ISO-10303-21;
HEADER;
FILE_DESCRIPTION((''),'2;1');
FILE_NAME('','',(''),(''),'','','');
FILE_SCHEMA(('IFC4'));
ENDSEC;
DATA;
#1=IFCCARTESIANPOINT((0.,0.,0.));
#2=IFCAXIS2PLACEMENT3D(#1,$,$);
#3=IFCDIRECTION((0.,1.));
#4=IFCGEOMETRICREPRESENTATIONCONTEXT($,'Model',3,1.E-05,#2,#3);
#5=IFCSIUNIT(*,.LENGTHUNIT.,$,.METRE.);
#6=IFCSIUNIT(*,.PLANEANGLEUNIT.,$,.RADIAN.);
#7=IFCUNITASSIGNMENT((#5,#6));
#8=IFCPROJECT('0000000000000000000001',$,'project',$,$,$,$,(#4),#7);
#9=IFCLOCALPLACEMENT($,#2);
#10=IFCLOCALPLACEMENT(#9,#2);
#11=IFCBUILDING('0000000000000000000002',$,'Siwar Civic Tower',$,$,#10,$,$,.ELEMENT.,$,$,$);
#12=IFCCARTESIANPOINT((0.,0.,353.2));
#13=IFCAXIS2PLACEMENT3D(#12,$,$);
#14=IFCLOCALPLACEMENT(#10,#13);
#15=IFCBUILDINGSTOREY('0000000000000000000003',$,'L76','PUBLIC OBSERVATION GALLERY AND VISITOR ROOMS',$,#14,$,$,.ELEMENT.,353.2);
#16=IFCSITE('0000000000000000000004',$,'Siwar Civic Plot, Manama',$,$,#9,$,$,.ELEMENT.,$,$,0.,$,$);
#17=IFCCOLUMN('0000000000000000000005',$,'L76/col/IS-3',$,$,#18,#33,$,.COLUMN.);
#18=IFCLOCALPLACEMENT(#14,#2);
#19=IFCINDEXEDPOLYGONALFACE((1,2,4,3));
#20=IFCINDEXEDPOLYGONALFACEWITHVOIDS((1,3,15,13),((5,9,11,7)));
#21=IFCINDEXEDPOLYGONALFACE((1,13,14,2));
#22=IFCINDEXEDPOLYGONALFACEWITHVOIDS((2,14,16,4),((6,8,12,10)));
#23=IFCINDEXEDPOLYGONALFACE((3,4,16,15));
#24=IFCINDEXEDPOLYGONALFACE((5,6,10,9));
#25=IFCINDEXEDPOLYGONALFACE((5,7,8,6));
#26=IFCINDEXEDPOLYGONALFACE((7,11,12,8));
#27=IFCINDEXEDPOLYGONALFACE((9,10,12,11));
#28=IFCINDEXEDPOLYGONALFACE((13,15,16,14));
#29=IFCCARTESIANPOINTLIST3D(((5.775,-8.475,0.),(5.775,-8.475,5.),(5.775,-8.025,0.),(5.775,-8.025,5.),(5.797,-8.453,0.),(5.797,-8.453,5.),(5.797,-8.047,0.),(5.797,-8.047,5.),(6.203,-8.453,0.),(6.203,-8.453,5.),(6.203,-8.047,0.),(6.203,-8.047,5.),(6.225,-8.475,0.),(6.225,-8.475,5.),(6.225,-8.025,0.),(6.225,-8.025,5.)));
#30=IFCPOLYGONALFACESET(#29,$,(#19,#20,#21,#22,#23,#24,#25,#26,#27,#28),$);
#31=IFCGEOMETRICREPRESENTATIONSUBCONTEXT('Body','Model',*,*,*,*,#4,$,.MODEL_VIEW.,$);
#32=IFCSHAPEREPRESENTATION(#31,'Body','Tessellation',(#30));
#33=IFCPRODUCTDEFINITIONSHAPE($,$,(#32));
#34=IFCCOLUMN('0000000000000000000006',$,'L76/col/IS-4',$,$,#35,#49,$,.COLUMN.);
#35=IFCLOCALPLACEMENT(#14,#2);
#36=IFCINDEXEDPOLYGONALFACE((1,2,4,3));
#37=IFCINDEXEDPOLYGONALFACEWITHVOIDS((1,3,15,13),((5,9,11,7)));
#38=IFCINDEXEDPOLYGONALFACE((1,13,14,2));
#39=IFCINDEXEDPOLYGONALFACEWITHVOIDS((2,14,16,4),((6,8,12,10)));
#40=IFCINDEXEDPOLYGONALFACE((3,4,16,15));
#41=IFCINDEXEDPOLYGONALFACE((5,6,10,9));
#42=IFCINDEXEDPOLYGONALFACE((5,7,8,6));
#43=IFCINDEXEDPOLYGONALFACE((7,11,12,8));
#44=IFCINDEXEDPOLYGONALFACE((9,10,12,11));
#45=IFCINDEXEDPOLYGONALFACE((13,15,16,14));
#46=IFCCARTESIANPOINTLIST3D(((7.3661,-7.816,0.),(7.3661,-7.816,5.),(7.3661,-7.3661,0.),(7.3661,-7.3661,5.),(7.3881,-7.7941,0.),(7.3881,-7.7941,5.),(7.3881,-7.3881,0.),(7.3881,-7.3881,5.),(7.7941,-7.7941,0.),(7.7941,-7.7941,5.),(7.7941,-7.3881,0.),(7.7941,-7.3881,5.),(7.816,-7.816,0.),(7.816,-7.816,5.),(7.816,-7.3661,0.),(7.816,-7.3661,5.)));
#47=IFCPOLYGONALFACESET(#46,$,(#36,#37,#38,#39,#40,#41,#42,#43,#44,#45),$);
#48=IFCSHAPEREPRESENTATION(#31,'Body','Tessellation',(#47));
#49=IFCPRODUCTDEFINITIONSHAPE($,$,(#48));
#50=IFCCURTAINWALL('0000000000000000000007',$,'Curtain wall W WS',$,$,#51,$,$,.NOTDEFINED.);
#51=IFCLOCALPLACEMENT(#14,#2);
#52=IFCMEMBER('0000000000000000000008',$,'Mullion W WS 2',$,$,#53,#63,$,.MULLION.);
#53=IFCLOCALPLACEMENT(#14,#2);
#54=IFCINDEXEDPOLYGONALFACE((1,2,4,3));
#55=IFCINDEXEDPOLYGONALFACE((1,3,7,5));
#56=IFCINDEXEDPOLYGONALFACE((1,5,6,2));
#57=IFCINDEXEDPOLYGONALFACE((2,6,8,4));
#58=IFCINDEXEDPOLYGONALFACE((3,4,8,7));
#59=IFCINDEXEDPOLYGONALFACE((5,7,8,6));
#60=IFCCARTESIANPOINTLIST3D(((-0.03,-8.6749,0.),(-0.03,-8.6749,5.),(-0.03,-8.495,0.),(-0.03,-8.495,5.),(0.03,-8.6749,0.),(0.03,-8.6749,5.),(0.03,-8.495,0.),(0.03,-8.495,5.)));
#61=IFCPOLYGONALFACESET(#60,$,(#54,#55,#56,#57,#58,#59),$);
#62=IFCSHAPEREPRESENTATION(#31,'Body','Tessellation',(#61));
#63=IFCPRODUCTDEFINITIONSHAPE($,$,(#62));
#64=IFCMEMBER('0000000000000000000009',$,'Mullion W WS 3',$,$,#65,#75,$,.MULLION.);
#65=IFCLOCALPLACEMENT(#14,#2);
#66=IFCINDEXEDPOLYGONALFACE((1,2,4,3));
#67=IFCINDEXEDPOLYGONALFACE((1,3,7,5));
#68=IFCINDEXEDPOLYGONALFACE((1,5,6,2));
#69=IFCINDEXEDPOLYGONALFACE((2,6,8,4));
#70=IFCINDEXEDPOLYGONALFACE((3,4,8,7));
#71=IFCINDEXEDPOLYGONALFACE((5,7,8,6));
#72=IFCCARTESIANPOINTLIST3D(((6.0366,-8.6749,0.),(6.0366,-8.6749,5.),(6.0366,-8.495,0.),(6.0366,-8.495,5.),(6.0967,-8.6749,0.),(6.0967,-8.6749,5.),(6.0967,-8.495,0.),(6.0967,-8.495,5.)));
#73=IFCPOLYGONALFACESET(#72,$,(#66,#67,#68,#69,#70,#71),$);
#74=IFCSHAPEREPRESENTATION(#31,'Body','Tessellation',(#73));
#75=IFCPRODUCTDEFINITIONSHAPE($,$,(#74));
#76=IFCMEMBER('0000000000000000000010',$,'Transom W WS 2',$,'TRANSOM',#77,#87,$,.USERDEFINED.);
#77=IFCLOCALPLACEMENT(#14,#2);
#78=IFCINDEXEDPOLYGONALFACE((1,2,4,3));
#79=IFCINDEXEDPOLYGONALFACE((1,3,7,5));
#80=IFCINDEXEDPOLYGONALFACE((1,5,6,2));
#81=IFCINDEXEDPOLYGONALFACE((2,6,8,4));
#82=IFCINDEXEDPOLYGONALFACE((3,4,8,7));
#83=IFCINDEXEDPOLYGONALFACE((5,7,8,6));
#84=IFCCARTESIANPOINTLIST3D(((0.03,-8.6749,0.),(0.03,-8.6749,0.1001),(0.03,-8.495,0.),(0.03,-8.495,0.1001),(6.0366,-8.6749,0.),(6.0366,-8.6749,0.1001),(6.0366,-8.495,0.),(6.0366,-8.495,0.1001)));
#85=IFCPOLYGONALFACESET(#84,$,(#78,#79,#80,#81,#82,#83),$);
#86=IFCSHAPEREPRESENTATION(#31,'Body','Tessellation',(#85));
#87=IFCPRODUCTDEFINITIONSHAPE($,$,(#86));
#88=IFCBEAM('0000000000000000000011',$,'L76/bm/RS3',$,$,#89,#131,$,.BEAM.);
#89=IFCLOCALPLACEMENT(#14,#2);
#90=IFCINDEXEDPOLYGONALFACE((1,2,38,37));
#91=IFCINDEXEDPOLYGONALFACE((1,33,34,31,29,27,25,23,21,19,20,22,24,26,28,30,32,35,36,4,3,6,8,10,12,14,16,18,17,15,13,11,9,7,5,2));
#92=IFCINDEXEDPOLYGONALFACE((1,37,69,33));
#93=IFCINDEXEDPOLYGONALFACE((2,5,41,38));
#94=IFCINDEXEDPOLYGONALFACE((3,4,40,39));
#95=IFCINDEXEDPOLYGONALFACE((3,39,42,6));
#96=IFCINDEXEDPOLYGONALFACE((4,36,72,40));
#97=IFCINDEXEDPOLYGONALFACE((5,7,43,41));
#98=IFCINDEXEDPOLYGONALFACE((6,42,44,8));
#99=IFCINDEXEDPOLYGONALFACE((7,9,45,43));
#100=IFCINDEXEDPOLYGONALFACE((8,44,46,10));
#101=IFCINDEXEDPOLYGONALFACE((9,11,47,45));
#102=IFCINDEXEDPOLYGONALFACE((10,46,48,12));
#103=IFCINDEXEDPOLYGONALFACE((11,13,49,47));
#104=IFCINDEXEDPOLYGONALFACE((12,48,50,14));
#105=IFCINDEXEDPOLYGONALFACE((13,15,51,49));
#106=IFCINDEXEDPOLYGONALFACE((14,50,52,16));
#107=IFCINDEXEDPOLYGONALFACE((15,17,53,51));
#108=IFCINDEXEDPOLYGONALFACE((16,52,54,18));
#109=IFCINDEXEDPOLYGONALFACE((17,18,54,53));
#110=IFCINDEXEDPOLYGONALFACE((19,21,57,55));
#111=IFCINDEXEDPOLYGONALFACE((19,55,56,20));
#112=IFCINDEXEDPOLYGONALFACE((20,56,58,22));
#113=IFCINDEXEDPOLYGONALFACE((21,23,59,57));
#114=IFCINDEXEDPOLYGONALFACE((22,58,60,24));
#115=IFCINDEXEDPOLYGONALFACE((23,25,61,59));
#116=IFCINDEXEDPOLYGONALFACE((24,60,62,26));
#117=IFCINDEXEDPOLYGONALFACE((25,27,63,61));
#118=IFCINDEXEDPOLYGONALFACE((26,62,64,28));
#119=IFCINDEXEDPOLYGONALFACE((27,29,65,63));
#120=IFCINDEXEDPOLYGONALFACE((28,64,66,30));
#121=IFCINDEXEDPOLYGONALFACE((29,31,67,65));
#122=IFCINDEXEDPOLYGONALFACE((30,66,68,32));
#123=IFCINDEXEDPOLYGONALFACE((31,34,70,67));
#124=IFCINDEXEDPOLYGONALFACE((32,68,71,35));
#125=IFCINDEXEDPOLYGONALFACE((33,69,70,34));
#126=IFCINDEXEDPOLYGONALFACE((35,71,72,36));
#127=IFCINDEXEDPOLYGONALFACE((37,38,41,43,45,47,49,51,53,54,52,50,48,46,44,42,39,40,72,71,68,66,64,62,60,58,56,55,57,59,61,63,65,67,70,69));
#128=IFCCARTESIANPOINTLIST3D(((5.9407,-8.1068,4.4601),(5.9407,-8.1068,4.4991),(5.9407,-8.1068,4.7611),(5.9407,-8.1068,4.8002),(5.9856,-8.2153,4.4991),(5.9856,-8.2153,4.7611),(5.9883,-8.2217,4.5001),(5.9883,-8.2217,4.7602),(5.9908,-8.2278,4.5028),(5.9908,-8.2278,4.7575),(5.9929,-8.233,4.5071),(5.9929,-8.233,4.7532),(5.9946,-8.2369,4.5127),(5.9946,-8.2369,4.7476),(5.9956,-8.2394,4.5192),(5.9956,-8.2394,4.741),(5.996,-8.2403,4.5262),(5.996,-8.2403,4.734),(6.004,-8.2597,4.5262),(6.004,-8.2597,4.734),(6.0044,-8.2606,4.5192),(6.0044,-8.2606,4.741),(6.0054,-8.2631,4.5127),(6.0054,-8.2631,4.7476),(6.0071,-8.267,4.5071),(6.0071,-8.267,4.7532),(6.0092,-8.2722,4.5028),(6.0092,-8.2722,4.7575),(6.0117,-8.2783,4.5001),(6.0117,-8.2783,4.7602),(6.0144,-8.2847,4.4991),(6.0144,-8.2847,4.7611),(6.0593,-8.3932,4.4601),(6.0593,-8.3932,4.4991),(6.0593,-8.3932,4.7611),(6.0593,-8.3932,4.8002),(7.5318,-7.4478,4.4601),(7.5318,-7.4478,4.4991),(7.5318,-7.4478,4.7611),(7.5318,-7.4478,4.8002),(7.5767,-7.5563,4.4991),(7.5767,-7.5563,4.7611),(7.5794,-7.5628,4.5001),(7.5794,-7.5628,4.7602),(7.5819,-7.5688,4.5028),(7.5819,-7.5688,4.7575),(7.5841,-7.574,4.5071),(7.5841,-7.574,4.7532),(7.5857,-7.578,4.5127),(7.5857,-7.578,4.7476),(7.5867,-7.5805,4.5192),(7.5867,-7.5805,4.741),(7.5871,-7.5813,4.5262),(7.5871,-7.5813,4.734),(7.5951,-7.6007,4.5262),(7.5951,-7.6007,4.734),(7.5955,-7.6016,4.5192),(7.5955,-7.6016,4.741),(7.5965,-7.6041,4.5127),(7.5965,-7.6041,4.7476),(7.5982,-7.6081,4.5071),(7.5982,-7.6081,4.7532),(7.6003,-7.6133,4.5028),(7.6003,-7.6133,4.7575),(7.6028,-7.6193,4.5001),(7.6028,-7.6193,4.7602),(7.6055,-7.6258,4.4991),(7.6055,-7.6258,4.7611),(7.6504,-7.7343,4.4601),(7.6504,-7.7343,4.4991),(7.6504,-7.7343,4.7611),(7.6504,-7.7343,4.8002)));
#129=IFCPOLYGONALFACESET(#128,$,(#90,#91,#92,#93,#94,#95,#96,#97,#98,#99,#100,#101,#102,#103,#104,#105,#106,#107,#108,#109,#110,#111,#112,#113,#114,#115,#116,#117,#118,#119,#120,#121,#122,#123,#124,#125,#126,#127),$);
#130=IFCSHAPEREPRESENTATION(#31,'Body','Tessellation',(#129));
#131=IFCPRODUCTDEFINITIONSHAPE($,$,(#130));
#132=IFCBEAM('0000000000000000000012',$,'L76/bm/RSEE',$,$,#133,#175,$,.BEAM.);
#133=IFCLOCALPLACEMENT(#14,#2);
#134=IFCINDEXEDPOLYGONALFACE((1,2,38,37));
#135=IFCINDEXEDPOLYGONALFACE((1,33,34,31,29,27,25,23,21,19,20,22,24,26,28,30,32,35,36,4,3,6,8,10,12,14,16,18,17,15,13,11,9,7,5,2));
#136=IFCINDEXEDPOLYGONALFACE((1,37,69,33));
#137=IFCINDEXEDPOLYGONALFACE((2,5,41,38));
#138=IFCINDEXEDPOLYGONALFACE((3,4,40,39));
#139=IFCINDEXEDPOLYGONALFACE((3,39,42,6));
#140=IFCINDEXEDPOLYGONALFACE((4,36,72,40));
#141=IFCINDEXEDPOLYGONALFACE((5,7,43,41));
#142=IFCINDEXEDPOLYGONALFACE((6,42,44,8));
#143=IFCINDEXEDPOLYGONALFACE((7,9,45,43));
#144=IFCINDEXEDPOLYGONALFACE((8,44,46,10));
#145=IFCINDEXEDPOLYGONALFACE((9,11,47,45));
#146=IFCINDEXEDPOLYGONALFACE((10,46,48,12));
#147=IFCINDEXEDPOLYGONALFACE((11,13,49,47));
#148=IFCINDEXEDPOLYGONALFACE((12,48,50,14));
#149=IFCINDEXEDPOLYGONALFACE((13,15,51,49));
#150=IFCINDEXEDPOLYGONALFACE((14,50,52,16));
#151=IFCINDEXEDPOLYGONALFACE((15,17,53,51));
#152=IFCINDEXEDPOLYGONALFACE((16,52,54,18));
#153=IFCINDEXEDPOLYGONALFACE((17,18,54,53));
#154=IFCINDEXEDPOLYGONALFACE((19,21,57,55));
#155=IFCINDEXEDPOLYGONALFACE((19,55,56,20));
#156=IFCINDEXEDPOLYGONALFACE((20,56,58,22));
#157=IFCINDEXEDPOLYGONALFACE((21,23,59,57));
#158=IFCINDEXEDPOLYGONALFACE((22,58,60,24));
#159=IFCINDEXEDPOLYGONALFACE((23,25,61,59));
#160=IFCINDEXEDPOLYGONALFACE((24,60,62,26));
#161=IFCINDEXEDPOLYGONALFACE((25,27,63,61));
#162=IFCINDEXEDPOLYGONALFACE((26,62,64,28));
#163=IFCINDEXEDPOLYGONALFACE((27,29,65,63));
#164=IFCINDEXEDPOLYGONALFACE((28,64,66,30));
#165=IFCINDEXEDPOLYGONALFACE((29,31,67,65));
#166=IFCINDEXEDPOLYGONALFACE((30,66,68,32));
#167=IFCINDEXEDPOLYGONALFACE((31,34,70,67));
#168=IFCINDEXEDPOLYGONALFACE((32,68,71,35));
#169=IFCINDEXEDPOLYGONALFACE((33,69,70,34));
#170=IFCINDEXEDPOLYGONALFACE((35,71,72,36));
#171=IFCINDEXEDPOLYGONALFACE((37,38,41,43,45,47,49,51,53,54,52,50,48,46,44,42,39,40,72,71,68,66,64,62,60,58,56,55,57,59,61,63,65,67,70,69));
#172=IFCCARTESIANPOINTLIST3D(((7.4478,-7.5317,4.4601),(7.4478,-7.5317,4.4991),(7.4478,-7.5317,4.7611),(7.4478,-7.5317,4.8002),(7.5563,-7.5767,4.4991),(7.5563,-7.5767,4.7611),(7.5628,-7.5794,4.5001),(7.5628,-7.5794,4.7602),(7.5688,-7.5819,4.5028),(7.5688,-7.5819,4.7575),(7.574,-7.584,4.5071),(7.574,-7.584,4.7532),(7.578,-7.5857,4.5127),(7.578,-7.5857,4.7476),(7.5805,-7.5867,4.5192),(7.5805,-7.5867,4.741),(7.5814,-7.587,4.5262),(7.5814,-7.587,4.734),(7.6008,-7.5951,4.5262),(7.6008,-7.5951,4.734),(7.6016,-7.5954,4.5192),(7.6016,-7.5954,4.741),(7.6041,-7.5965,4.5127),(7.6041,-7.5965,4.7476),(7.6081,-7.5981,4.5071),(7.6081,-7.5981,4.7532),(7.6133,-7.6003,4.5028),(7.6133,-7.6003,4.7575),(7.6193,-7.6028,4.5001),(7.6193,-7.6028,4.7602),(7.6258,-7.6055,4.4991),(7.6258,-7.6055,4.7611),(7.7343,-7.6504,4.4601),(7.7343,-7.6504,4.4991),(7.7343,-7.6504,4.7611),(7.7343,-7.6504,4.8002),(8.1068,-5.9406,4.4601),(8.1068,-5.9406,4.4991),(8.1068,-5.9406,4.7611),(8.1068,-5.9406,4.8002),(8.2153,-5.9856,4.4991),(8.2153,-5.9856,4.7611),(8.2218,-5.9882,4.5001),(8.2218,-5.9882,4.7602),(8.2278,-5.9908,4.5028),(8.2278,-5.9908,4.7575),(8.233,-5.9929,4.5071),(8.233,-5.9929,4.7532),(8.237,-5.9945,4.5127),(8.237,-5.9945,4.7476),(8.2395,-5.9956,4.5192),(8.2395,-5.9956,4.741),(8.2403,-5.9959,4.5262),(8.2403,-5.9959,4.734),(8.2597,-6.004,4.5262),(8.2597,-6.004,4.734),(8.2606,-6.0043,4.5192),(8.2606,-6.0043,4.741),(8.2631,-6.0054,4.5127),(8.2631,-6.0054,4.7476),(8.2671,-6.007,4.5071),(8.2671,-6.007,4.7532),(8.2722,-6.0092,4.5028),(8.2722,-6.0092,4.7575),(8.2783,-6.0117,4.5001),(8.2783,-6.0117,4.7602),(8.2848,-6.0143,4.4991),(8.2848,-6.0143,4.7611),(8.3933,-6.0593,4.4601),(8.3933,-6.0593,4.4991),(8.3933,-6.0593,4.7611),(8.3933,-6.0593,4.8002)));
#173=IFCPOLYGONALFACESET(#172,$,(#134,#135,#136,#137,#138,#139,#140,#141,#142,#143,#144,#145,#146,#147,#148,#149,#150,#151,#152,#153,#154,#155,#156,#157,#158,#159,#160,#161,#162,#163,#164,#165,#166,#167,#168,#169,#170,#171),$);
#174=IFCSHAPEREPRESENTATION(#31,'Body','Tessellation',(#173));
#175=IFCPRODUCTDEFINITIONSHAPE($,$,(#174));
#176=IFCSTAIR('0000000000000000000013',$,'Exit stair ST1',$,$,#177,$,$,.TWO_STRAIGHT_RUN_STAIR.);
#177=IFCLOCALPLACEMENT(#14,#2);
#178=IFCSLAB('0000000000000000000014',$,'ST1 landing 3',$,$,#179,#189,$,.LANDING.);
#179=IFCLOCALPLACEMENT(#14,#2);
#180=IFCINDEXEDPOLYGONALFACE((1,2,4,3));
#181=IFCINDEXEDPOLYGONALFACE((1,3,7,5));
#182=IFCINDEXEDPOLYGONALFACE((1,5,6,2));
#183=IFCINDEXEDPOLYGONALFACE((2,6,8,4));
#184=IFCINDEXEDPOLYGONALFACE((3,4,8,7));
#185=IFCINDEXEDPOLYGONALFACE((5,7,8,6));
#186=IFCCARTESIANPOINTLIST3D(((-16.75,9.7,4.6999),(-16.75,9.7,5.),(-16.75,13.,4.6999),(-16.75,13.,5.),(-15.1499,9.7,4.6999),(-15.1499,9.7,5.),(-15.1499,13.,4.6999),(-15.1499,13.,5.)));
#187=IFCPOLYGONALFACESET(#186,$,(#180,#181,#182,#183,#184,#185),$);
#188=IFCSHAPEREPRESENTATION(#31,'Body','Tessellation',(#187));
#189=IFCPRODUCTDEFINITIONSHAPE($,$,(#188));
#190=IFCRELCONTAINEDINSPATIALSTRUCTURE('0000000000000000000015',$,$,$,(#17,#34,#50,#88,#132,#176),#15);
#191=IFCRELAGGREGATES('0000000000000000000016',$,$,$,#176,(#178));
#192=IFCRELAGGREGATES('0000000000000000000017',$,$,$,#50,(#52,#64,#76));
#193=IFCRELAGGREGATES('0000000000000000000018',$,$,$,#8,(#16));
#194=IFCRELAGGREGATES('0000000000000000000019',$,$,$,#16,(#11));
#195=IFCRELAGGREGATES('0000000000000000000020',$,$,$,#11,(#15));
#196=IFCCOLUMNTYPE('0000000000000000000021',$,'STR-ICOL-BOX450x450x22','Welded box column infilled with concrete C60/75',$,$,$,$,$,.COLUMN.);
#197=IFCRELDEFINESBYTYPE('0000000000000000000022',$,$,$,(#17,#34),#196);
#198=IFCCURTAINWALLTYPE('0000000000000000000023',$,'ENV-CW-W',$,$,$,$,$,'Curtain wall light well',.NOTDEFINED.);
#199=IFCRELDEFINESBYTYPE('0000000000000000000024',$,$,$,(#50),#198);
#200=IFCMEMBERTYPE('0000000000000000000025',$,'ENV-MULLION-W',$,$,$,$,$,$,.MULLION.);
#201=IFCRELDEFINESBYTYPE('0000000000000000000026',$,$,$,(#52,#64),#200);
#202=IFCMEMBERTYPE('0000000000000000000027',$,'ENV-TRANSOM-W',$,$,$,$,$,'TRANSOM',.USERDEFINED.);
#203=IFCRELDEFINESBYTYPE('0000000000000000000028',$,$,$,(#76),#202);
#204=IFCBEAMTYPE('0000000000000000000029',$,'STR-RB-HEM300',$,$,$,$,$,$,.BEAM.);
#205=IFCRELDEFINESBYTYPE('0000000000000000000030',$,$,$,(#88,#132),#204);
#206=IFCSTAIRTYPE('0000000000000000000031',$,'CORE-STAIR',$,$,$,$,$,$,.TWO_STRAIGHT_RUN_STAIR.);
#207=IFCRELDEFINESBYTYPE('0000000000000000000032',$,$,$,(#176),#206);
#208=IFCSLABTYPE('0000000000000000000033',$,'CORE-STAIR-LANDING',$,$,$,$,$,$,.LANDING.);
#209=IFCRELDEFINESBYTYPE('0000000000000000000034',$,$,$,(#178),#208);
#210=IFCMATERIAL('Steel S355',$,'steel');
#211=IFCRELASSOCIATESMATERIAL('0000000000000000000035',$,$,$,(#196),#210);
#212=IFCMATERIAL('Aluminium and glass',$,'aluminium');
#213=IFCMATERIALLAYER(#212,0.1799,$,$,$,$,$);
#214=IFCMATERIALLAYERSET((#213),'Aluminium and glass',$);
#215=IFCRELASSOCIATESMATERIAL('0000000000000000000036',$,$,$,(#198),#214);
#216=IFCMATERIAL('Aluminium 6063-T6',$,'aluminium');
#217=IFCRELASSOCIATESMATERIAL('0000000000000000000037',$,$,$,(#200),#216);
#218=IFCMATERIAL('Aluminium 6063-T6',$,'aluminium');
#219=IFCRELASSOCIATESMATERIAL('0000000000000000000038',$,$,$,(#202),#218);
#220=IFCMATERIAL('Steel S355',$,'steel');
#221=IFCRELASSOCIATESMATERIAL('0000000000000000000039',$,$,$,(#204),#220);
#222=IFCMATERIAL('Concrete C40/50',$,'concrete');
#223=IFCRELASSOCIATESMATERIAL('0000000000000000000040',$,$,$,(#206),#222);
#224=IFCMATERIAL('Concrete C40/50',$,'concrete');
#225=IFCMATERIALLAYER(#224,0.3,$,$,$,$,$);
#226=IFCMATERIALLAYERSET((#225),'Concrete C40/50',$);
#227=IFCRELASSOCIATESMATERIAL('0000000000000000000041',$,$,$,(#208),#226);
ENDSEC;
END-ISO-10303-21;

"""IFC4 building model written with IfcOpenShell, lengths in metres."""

from ifc_helpers import new_model, si_unit, direction, frame, origin, origin_2d, place, context, subcontext, project, spatial, polyline, rectangle, hollow_rectangle, i_section, outline, extrude, material, layer, layer_set, material_profile, profile_set, type_object, element, aggregate, save


model = new_model("IFC4")

# Units and contexts
model_context = context("Model", 3, precision=1e-05, world=origin(), true_north=direction((0.0, 1.0)))
body_context = subcontext(model_context, "Body", "Model", "MODEL_VIEW")
ifc_project = project(units=[si_unit("LENGTHUNIT", "METRE"), si_unit("PLANEANGLEUNIT", "RADIAN")], contexts=[model_context])

# Site, building, storey
site_placement = place(None, origin())
site = spatial("IfcSite", under=ifc_project, at=site_placement, Name="Siwar Civic Plot, Manama", CompositionType="ELEMENT", RefElevation=0.0)
building_placement = place(site_placement, origin())
building = spatial("IfcBuilding", under=site, at=building_placement, Name="Siwar Civic Tower", CompositionType="ELEMENT")
storey_placement = place(building_placement, frame((0.0, 0.0, 353.2)))
storey = spatial("IfcBuildingStorey", under=building, at=storey_placement, Name="L76", Description="PUBLIC OBSERVATION GALLERY AND VISITOR ROOMS", CompositionType="ELEMENT", Elevation=353.2)

# Columns
ifc_material_1 = material(Name="Steel S355", Category="steel")
ifc_material_profile_1 = material_profile(ifc_material_1, hollow_rectangle(XDim=0.45, YDim=0.45, WallThickness=0.022, at=origin_2d()), Name="BOX450x450x22")
ifc_profile_set_1 = profile_set([ifc_material_profile_1], Name="Steel S355")
column_type = type_object("IfcColumnType", Name="STR-ICOL-BOX450x450x22", Description="Welded box column infilled with concrete C60/75", PredefinedType="COLUMN", material=ifc_profile_set_1)
for number, where, z_axis, x_axis, name in (
    (1, (6.0, -8.25, 0.0), (0.0, 0.0, 1.0), (1.0, 0.0, 0.0), "L76/col/IS-3"),
    (2, (7.5911, -7.5911, 0.0), (0.0, 0.0, 1.0), (1.0, 0.0, 0.0), "L76/col/IS-4"),
):
    element("IfcColumn", number, at=place(storey_placement, frame(where, z_axis=z_axis, x_axis=x_axis)), inside=storey, type_object=column_type, Name=name, PredefinedType="COLUMN", context=body_context, shape_type="SweptSolid", body=[
        extrude(hollow_rectangle(XDim=0.45, YDim=0.45, WallThickness=0.022, at=origin_2d()), origin(), (0.0, 0.0, 1.0), 5.0),
    ])

# Curtain wall, members
ifc_material_2 = material(Name="Aluminium and glass", Category="aluminium")
ifc_layer_1 = layer(ifc_material_2, 0.1799)
ifc_layer_set_1 = layer_set([ifc_layer_1], Name="Aluminium and glass")
curtain_wall_type = type_object("IfcCurtainWallType", Name="ENV-CW-W", ElementType="Curtain wall light well", PredefinedType="NOTDEFINED", material=ifc_layer_set_1)
curtain_wall_placement = place(storey_placement, origin())
curtain_wall = element("IfcCurtainWall", 3, at=curtain_wall_placement, inside=storey, type_object=curtain_wall_type, Name="Curtain wall W WS", PredefinedType="NOTDEFINED")
ifc_material_3 = material(Name="Aluminium 6063-T6", Category="aluminium")
ifc_material_profile_2 = material_profile(ifc_material_3, rectangle(XDim=0.1799, YDim=0.0601, at=origin_2d()), Name="AL 180x60")
ifc_profile_set_2 = profile_set([ifc_material_profile_2], Name="Aluminium 6063-T6")
member_type_1 = type_object("IfcMemberType", Name="ENV-MULLION-W", PredefinedType="MULLION", material=ifc_profile_set_2)
member_1_placement = place(storey_placement, frame((0.0, -8.585, 0.0), z_axis=(0.0, 0.0, 1.0), x_axis=(0.0, 1.0, 0.0)))
member_1 = element("IfcMember", 4, at=member_1_placement, type_object=member_type_1, Name="Mullion W WS 2", PredefinedType="MULLION", context=body_context, shape_type="SweptSolid", body=[
    extrude(rectangle(XDim=0.1799, YDim=0.0601, at=origin_2d()), origin(), (0.0, 0.0, 1.0), 5.0),
])
member_2_placement = place(storey_placement, frame((6.0667, -8.585, 0.0), z_axis=(0.0, 0.0, 1.0), x_axis=(0.0, 1.0, 0.0)))
member_2 = element("IfcMember", 5, at=member_2_placement, type_object=member_type_1, Name="Mullion W WS 3", PredefinedType="MULLION", context=body_context, shape_type="SweptSolid", body=[
    extrude(rectangle(XDim=0.1799, YDim=0.0601, at=origin_2d()), origin(), (0.0, 0.0, 1.0), 5.0),
])
ifc_material_4 = material(Name="Aluminium 6063-T6", Category="aluminium")
ifc_material_profile_3 = material_profile(ifc_material_4, rectangle(XDim=0.1799, YDim=0.1001, at=origin_2d()), Name="AL 180x100")
ifc_profile_set_3 = profile_set([ifc_material_profile_3], Name="Aluminium 6063-T6")
member_type_2 = type_object("IfcMemberType", Name="ENV-TRANSOM-W", ElementType="TRANSOM", PredefinedType="USERDEFINED", material=ifc_profile_set_3)
member_3_placement = place(storey_placement, frame((0.03, -8.585, 0.05), z_axis=(1.0, 0.0, 0.0), x_axis=(0.0, 1.0, 0.0)))
member_3 = element("IfcMember", 6, at=member_3_placement, type_object=member_type_2, Name="Transom W WS 2", ObjectType="TRANSOM", PredefinedType="USERDEFINED", context=body_context, shape_type="SweptSolid", body=[
    extrude(rectangle(XDim=0.1799, YDim=0.1001, at=origin_2d()), origin(), (0.0, 0.0, 1.0), 6.0066),
])

# Beams
ifc_material_5 = material(Name="Steel S355", Category="steel")
ifc_material_profile_4 = material_profile(ifc_material_5, i_section(OverallWidth=0.3101, OverallDepth=0.3401, WebThickness=0.021, FlangeThickness=0.0391, FilletRadius=0.0271, at=origin_2d()), Name="HEM300")
ifc_profile_set_4 = profile_set([ifc_material_profile_4], Name="Steel S355")
beam_type = type_object("IfcBeamType", Name="STR-RB-HEM300", PredefinedType="BEAM", material=ifc_profile_set_4)
for number, where, z_axis, x_axis, name in (
    (7, (6.0, -8.25, 4.6301), (0.923901, 0.382631, 0.0), (-0.382631, 0.923901, 0.0), "L76/bm/RS3"),
    (8, (7.5911, -7.5911, 4.6301), (0.382631, 0.923901, 0.0), (-0.923901, 0.382631, 0.0), "L76/bm/RSEE"),
):
    element("IfcBeam", number, at=place(storey_placement, frame(where, z_axis=z_axis, x_axis=x_axis)), inside=storey, type_object=beam_type, Name=name, PredefinedType="BEAM", context=body_context, shape_type="SweptSolid", body=[
        extrude(i_section(OverallWidth=0.3101, OverallDepth=0.3401, WebThickness=0.021, FlangeThickness=0.0391, FilletRadius=0.0271, at=origin_2d()), origin(), (0.0, 0.0, 1.0), 1.7222),
    ])

# Stair, slab
ifc_material_6 = material(Name="Concrete C40/50", Category="concrete")
stair_type = type_object("IfcStairType", Name="CORE-STAIR", PredefinedType="TWO_STRAIGHT_RUN_STAIR", material=ifc_material_6)
stair_1_placement = place(storey_placement, origin())
stair_1 = element("IfcStair", 9, at=stair_1_placement, inside=storey, type_object=stair_type, Name="Exit stair ST1", PredefinedType="TWO_STRAIGHT_RUN_STAIR")
ifc_material_7 = material(Name="Concrete C40/50", Category="concrete")
ifc_layer_2 = layer(ifc_material_7, 0.3)
ifc_layer_set_2 = layer_set([ifc_layer_2], Name="Concrete C40/50")
slab_type = type_object("IfcSlabType", Name="CORE-STAIR-LANDING", PredefinedType="LANDING", material=ifc_layer_set_2)
placement = place(building_placement, frame((0.0, 0.0, 358.2)))
slab_1_placement = place(placement, frame((0.0, 0.0, -0.3)))
slab_1 = element("IfcSlab", 10, at=slab_1_placement, type_object=slab_type, Name="ST1 landing 3", PredefinedType="LANDING", context=body_context, shape_type="SweptSolid", body=[
    extrude(outline(polyline([(-15.1499, 13.0), (-16.75, 13.0), (-16.75, 9.7), (-15.1499, 9.7), (-15.1499, 13.0)])), origin(), (0.0, 0.0, 1.0), 0.3),
])
aggregate(stair_1, [slab_1])

aggregate(curtain_wall, [member_1, member_2, member_3])

save(model, "model.ifc")
